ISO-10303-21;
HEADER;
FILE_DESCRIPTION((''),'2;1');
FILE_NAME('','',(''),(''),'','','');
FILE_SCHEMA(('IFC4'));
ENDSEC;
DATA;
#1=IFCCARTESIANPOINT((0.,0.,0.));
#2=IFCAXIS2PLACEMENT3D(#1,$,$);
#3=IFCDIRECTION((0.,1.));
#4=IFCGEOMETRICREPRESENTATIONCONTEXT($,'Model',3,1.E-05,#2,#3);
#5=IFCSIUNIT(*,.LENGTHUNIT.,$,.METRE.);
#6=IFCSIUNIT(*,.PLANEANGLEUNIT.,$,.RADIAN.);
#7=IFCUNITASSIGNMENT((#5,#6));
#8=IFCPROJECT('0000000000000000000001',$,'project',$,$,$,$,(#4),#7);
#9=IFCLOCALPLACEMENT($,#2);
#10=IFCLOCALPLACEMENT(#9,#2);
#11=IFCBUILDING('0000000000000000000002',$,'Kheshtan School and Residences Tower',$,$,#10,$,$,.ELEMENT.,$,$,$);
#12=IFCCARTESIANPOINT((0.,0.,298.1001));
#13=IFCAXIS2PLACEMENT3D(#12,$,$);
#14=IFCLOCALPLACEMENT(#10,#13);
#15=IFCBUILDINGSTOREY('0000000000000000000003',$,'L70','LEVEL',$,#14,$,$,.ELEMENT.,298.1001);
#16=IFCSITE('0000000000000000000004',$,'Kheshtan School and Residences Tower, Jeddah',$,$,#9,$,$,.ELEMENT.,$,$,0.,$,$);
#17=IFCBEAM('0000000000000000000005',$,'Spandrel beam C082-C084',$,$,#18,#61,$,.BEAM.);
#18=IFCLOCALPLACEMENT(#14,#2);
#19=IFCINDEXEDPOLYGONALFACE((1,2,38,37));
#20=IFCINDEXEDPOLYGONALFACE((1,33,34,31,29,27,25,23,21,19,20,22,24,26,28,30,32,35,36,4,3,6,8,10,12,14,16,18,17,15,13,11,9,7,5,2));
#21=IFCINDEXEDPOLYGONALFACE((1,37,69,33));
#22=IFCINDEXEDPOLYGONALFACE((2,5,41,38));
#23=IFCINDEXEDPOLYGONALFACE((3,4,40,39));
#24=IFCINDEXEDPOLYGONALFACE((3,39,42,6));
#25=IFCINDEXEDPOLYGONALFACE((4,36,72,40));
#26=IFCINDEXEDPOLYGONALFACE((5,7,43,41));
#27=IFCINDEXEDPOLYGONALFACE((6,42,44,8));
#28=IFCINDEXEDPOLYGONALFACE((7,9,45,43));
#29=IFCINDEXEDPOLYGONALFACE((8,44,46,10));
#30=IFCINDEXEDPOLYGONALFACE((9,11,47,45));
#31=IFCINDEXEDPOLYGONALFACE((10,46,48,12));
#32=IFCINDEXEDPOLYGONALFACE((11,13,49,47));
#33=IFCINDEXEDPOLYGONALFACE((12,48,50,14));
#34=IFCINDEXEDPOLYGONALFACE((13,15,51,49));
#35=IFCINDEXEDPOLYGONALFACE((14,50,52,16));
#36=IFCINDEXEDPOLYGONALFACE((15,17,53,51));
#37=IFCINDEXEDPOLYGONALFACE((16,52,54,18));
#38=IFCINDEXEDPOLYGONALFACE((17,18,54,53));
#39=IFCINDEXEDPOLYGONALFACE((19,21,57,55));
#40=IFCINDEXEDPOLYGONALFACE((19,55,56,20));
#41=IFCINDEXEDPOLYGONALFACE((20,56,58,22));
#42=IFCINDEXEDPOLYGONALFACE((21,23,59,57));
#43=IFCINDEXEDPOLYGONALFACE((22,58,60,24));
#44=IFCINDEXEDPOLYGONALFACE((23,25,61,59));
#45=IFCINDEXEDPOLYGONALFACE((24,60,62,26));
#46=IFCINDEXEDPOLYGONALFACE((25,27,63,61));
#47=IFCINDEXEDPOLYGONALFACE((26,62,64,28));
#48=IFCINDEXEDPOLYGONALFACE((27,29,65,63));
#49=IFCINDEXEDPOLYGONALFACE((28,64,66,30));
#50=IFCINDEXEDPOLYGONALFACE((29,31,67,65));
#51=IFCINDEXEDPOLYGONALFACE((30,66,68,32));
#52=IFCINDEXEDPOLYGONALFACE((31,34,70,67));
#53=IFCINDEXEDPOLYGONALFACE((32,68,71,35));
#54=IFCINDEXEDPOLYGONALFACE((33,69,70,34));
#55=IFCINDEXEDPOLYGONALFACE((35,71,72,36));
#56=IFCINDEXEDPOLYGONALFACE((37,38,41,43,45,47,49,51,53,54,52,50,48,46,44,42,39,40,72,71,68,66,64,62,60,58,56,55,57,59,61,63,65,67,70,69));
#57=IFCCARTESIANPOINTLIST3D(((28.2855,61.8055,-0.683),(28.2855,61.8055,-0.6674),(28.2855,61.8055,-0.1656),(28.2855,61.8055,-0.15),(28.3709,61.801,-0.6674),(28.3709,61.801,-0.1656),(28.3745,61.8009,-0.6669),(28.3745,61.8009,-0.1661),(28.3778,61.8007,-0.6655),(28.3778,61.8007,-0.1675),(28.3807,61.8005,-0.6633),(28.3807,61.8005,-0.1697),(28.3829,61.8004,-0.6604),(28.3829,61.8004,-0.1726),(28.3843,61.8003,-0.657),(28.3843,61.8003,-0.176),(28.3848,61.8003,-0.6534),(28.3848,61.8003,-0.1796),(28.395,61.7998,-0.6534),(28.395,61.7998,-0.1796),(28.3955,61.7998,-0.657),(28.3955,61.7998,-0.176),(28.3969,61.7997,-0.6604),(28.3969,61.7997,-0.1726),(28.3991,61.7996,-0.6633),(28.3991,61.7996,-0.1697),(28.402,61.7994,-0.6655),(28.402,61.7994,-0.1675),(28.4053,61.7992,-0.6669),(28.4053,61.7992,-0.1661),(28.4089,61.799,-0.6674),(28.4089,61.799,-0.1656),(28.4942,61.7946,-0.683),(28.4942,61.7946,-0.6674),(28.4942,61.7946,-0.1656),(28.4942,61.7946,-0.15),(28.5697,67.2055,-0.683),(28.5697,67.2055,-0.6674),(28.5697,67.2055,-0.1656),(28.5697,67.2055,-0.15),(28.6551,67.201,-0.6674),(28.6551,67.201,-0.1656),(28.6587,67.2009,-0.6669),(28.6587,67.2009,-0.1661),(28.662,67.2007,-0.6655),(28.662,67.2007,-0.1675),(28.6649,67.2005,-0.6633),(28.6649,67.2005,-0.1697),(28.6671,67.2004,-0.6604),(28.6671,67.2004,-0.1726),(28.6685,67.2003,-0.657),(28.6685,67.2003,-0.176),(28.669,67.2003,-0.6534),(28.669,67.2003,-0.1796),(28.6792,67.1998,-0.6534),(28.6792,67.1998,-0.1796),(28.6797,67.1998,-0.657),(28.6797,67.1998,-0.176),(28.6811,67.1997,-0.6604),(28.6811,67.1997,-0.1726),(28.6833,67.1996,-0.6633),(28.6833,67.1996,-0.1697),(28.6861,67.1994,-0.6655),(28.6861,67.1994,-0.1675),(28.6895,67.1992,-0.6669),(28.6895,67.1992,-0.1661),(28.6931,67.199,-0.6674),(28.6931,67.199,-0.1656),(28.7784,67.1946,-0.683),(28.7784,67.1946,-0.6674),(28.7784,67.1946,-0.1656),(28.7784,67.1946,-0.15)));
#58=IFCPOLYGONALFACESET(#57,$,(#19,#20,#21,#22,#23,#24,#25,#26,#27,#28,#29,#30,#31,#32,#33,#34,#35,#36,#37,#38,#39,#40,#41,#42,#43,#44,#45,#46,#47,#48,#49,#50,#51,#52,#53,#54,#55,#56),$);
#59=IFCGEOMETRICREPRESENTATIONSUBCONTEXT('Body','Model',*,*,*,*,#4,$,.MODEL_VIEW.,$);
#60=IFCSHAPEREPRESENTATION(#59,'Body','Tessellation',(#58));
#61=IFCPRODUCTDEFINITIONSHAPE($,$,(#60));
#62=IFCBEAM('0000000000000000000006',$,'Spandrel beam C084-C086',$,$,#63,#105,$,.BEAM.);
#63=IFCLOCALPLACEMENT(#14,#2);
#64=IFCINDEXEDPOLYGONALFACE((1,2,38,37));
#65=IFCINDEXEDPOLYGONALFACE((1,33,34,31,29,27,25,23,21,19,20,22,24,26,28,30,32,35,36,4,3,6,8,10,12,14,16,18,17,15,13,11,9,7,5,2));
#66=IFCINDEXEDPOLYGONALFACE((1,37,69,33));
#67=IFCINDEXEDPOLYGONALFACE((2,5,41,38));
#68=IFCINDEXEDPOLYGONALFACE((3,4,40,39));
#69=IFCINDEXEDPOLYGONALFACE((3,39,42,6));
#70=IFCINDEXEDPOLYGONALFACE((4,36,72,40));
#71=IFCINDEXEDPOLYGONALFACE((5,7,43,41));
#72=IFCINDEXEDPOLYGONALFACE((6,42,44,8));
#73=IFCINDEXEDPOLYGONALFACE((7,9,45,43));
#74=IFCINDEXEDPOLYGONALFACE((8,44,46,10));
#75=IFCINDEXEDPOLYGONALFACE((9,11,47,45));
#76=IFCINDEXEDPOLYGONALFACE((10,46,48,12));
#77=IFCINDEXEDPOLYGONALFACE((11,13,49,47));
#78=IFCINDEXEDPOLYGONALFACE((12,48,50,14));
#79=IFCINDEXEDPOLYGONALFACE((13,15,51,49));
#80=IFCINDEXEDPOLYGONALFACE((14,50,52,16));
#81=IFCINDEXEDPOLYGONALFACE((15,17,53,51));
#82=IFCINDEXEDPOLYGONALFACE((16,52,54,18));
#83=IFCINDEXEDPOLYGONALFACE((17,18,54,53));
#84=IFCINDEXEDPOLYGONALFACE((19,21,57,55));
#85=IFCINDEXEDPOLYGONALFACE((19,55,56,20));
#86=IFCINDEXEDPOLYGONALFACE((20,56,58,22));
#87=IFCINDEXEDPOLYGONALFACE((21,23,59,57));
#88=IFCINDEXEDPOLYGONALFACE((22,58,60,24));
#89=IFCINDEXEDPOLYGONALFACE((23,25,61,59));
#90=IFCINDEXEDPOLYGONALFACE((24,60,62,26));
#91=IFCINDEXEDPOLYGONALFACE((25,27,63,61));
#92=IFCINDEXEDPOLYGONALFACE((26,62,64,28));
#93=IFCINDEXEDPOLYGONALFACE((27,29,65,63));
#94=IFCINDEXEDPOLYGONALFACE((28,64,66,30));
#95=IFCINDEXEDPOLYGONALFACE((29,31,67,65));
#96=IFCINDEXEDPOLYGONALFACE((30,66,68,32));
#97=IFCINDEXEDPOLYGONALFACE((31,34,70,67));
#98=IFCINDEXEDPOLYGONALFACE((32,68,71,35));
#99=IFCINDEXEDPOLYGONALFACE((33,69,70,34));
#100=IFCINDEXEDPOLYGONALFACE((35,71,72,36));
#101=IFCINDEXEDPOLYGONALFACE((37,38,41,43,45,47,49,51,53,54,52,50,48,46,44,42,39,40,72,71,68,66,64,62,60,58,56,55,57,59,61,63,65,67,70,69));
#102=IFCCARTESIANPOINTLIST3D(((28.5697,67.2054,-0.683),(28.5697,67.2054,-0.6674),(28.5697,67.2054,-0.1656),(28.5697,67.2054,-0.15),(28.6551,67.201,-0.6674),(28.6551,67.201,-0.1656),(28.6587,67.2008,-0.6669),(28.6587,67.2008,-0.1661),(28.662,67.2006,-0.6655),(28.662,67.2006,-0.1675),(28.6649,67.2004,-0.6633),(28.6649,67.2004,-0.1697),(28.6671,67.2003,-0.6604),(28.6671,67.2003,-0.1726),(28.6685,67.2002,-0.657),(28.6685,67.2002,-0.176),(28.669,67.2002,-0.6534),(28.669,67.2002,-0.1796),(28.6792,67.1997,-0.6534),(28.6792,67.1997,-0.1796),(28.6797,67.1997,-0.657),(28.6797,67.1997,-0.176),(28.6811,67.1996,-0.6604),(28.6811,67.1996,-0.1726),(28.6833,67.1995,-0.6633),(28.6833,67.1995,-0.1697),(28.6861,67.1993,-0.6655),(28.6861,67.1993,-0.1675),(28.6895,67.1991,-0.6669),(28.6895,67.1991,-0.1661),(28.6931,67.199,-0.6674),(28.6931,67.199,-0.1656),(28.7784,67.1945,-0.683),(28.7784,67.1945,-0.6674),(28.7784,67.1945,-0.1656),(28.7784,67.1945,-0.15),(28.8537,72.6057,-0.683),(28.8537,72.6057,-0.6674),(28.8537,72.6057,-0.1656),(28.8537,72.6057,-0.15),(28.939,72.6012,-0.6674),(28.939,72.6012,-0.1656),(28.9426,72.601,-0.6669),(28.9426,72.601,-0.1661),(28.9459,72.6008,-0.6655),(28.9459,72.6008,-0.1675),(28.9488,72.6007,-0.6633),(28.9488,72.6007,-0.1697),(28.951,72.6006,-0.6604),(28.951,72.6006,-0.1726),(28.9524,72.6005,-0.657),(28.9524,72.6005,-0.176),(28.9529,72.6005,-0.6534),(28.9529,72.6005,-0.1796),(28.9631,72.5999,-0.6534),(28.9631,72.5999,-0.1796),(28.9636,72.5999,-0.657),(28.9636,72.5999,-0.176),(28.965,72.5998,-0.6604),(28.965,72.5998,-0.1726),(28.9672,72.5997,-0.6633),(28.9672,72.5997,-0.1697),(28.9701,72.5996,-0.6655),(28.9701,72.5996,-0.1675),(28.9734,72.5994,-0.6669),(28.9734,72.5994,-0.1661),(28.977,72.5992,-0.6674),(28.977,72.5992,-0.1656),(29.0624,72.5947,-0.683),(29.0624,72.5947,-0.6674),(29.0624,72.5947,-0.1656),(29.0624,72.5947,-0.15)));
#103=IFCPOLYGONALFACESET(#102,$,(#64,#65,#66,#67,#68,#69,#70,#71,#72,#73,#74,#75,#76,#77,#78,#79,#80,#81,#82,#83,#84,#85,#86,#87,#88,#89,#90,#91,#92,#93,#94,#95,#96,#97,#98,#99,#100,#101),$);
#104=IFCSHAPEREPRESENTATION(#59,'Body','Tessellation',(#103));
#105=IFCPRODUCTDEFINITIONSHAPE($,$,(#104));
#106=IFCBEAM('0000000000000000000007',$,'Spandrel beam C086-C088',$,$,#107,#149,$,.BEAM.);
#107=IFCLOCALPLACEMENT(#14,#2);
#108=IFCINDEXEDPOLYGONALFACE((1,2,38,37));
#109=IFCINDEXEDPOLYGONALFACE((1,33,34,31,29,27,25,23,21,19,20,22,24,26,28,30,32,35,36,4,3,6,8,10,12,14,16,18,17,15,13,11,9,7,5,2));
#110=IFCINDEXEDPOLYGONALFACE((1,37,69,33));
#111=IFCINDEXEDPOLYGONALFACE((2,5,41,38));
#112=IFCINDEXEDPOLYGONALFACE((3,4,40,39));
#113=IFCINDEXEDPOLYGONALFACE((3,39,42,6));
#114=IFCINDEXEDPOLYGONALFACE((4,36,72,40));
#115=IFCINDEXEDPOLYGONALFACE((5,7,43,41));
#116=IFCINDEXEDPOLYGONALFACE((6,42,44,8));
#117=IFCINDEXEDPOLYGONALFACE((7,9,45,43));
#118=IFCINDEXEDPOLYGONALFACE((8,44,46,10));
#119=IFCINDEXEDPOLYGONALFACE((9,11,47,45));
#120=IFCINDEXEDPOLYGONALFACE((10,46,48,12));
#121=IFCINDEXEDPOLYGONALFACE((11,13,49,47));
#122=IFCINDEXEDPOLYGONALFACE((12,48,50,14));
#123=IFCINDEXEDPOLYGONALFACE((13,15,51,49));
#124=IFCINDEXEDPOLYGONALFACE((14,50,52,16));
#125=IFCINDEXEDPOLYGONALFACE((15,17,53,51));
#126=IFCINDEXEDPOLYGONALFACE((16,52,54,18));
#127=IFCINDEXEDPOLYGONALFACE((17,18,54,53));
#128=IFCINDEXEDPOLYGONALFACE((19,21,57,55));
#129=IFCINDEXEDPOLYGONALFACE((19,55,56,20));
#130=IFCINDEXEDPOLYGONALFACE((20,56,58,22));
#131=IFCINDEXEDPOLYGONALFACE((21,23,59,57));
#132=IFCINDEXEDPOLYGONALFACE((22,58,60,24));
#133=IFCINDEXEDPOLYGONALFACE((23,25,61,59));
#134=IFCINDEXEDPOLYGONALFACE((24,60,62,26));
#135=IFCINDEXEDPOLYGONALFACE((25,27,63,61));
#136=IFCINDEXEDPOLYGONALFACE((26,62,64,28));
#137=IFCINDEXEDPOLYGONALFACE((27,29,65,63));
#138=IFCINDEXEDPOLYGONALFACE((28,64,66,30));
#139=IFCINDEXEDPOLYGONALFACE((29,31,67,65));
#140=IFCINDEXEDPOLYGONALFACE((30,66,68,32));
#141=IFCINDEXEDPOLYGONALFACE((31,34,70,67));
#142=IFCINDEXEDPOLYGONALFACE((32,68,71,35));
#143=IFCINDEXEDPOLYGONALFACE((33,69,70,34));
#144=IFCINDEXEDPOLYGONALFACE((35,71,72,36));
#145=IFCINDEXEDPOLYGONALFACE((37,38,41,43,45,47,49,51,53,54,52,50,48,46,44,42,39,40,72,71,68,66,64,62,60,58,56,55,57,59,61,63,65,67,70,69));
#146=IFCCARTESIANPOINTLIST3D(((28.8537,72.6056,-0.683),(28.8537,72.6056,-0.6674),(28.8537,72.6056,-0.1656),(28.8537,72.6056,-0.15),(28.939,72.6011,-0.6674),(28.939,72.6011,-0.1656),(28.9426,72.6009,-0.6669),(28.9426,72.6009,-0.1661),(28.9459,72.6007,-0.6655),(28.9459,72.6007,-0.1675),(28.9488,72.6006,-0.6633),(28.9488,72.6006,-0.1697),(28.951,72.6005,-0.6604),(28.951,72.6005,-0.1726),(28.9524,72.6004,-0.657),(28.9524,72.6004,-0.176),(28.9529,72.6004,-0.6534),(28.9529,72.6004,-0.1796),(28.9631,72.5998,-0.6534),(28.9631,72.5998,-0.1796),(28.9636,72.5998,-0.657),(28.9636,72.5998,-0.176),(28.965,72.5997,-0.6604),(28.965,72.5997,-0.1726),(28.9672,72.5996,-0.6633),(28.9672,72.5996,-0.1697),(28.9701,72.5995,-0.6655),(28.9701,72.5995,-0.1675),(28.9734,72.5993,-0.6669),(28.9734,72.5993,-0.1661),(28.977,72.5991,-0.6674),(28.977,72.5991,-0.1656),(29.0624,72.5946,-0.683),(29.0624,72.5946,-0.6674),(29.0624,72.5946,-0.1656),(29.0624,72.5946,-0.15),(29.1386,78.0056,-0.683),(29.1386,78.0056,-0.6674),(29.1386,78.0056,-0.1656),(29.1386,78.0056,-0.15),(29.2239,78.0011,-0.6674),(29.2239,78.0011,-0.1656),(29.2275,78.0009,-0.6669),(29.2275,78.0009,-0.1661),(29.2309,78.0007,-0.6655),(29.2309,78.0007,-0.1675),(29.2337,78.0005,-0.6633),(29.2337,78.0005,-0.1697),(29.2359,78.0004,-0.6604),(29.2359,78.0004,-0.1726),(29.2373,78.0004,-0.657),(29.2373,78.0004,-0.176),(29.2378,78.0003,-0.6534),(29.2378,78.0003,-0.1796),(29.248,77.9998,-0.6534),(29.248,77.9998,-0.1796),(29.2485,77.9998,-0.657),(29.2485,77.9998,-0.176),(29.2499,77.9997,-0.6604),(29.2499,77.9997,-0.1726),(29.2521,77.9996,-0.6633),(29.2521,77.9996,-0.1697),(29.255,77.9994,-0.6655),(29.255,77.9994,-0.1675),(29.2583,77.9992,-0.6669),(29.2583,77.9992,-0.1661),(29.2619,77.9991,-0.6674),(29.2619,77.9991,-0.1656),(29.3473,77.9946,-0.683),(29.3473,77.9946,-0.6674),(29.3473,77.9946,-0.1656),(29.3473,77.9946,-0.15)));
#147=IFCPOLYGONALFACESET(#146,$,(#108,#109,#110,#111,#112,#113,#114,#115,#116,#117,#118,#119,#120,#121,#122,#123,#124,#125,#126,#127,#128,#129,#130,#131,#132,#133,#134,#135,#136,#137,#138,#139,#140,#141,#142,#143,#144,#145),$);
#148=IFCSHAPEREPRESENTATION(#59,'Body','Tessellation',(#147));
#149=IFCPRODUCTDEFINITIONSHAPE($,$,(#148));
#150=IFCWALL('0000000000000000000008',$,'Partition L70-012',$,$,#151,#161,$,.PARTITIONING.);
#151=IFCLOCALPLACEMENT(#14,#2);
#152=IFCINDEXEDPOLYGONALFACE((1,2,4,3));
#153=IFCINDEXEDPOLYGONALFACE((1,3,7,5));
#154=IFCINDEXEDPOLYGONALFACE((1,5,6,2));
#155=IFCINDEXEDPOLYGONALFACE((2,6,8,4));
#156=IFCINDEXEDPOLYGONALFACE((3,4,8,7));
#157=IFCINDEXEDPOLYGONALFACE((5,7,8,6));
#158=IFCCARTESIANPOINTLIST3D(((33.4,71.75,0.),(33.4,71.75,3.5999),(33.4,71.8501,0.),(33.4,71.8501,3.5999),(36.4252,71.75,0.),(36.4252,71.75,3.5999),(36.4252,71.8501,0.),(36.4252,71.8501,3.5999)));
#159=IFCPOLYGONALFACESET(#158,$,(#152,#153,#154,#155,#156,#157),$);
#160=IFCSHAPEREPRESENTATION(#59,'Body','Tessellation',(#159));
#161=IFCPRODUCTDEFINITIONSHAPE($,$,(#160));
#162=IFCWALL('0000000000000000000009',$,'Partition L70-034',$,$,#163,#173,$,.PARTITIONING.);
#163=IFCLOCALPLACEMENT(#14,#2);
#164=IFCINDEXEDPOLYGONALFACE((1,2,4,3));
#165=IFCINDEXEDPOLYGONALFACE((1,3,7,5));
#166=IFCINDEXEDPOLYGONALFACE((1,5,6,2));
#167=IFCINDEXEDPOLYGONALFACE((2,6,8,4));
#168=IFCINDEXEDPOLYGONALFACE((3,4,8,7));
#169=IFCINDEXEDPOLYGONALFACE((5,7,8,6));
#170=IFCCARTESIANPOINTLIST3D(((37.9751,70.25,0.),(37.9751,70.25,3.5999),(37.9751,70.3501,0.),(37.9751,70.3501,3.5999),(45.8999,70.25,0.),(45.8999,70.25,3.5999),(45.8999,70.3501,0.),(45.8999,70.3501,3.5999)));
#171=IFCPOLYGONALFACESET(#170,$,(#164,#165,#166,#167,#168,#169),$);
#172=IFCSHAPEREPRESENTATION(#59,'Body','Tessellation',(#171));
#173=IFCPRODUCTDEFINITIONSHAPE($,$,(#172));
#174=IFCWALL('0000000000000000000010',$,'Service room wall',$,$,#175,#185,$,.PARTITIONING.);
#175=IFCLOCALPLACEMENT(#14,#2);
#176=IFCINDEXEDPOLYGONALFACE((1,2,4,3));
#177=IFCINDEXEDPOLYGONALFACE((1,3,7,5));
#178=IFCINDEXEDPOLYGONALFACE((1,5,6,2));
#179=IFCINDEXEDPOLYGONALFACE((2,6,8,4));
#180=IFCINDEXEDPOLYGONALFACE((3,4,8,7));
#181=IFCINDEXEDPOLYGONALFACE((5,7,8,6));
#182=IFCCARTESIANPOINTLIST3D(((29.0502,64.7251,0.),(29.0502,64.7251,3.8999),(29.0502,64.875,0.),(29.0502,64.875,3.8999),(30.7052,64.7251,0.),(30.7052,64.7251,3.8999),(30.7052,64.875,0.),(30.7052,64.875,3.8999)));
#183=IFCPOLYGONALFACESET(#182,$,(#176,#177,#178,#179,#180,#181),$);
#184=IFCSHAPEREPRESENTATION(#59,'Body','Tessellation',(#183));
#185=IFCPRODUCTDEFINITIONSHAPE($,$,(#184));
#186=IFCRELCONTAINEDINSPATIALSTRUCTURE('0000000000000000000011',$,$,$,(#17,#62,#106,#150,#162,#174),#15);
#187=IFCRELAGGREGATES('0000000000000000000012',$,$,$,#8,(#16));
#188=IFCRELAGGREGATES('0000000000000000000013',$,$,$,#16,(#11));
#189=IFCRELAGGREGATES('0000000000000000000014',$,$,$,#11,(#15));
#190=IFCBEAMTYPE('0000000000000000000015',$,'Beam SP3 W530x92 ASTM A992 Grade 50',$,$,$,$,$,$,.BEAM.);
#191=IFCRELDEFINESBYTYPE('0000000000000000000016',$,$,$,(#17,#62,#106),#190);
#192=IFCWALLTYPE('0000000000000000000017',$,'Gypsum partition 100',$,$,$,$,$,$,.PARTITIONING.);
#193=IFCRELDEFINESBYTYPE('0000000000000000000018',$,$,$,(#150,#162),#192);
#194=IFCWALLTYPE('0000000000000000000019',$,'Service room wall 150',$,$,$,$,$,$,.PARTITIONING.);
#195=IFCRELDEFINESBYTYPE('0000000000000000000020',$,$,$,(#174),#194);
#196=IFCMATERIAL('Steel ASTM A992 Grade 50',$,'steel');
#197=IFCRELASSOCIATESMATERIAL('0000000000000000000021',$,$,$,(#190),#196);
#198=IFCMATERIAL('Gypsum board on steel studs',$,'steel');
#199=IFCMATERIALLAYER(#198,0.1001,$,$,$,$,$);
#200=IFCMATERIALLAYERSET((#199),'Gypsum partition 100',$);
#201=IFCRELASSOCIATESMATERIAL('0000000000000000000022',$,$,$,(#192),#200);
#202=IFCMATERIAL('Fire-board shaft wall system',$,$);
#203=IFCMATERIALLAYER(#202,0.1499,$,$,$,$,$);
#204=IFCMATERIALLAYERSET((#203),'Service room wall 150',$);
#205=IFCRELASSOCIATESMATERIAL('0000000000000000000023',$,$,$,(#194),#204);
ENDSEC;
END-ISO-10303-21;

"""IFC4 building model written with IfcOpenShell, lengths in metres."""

from ifc_helpers import new_model, si_unit, direction, frame, frame_2d, origin, origin_2d, place, context, subcontext, project, spatial, rectangle, i_section, extrude, material, layer, layer_set, material_profile, profile_set, type_object, element, save


model = new_model("IFC4")

# Units and contexts
model_context = context("Model", 3, precision=1e-05, world=origin(), true_north=direction((0.0, 1.0)))
body_context = subcontext(model_context, "Body", "Model", "MODEL_VIEW")
ifc_project = project(units=[si_unit("LENGTHUNIT", "METRE"), si_unit("PLANEANGLEUNIT", "RADIAN")], contexts=[model_context])

# Site, building, storey
site_placement = place(None, origin())
site = spatial("IfcSite", under=ifc_project, at=site_placement, Name="Kheshtan School and Residences Tower, Jeddah", CompositionType="ELEMENT", RefElevation=0.0)
building_placement = place(site_placement, origin())
building = spatial("IfcBuilding", under=site, at=building_placement, Name="Kheshtan School and Residences Tower", CompositionType="ELEMENT")
storey_placement = place(building_placement, frame((0.0, 0.0, 298.1001)))
storey = spatial("IfcBuildingStorey", under=building, at=storey_placement, Name="L70", Description="LEVEL", CompositionType="ELEMENT", Elevation=298.1001)

# Shared definitions
ifc_material_1 = material(Name="Steel ASTM A992 Grade 50", Category="steel")

# Beams
ifc_material_profile_1 = material_profile(ifc_material_1, i_section(OverallWidth=0.209, OverallDepth=0.533, WebThickness=0.0103, FlangeThickness=0.0156, FilletRadius=0.0139, at=origin_2d()), Name="W530x92")
ifc_profile_set_1 = profile_set([ifc_material_profile_1], Name="Steel ASTM A992 Grade 50")
beam_type_1 = type_object("IfcBeamType", Name="Beam SP3 W530x92 ASTM A992 Grade 50", PredefinedType="BEAM", material=ifc_profile_set_1)
beam_1_placement = place(storey_placement, frame((28.3899, 61.8, -0.4165), z_axis=(0.052554, 0.998618, 0.0), x_axis=(-0.998618, 0.052554, 0.0)))
element("IfcBeam", 1, at=beam_1_placement, inside=storey, type_object=beam_type_1, Name="Spandrel beam C082-C084", PredefinedType="BEAM", context=body_context, shape_type="SweptSolid", body=[
    extrude(i_section(OverallWidth=0.209, OverallDepth=0.533, WebThickness=0.0103, FlangeThickness=0.0156, FilletRadius=0.0139, at=origin_2d()), origin(), (0.0, 0.0, 1.0), 5.4075),
])
beam_2_placement = place(storey_placement, frame((28.6741, 67.2, -0.4165), z_axis=(0.052507, 0.998621, 0.0), x_axis=(-0.998621, 0.052507, 0.0)))
element("IfcBeam", 2, at=beam_2_placement, inside=storey, type_object=beam_type_1, Name="Spandrel beam C084-C086", PredefinedType="BEAM", context=body_context, shape_type="SweptSolid", body=[
    extrude(i_section(OverallWidth=0.209, OverallDepth=0.533, WebThickness=0.0103, FlangeThickness=0.0156, FilletRadius=0.0139, at=origin_2d()), origin(), (0.0, 0.0, 1.0), 5.4077),
])
beam_3_placement = place(storey_placement, frame((28.958, 72.6001, -0.4165), z_axis=(0.052689, 0.998611, 0.0), x_axis=(-0.998611, 0.052689, 0.0)))
element("IfcBeam", 3, at=beam_3_placement, inside=storey, type_object=beam_type_1, Name="Spandrel beam C086-C088", PredefinedType="BEAM", context=body_context, shape_type="SweptSolid", body=[
    extrude(i_section(OverallWidth=0.209, OverallDepth=0.533, WebThickness=0.0103, FlangeThickness=0.0156, FilletRadius=0.0139, at=origin_2d()), origin(), (0.0, 0.0, 1.0), 5.4075),
])

# Walls
ifc_material_2 = material(Name="Gypsum board on steel studs", Category="steel")
ifc_layer_1 = layer(ifc_material_2, 0.1001)
ifc_layer_set_1 = layer_set([ifc_layer_1], Name="Gypsum partition 100")
wall_type_1 = type_object("IfcWallType", Name="Gypsum partition 100", PredefinedType="PARTITIONING", material=ifc_layer_set_1)
wall_1_placement = place(storey_placement, frame((33.3999, 71.8, 0.0), z_axis=(0.0, 0.0, 1.0), x_axis=(1.0, 0.0, 0.0)))
element("IfcWall", 4, at=wall_1_placement, inside=storey, type_object=wall_type_1, Name="Partition L70-012", PredefinedType="PARTITIONING", context=body_context, shape_type="SweptSolid", body=[
    extrude(rectangle(XDim=3.0251, YDim=0.1001, at=frame_2d((1.5127, 0.0))), origin(), (0.0, 0.0, 1.0), 3.5999),
])
wall_2_placement = place(storey_placement, frame((37.9751, 70.3, 0.0), z_axis=(0.0, 0.0, 1.0), x_axis=(1.0, 0.0, 0.0)))
element("IfcWall", 5, at=wall_2_placement, inside=storey, type_object=wall_type_1, Name="Partition L70-034", PredefinedType="PARTITIONING", context=body_context, shape_type="SweptSolid", body=[
    extrude(rectangle(XDim=7.9248, YDim=0.1001, at=frame_2d((3.9624, 0.0))), origin(), (0.0, 0.0, 1.0), 3.5999),
])
ifc_material_3 = material(Name="Fire-board shaft wall system")
ifc_layer_2 = layer(ifc_material_3, 0.1499)
ifc_layer_set_2 = layer_set([ifc_layer_2], Name="Service room wall 150")
wall_type_2 = type_object("IfcWallType", Name="Service room wall 150", PredefinedType="PARTITIONING", material=ifc_layer_set_2)
wall_3_placement = place(storey_placement, frame((29.05, 64.8, 0.0), z_axis=(0.0, 0.0, 1.0), x_axis=(1.0, 0.0, 0.0)))
element("IfcWall", 6, at=wall_3_placement, inside=storey, type_object=wall_type_2, Name="Service room wall", PredefinedType="PARTITIONING", context=body_context, shape_type="SweptSolid", body=[
    extrude(rectangle(XDim=1.655, YDim=0.1499, at=frame_2d((0.8276, 0.0))), origin(), (0.0, 0.0, 1.0), 3.8999),
])

save(model, "model.ifc")
